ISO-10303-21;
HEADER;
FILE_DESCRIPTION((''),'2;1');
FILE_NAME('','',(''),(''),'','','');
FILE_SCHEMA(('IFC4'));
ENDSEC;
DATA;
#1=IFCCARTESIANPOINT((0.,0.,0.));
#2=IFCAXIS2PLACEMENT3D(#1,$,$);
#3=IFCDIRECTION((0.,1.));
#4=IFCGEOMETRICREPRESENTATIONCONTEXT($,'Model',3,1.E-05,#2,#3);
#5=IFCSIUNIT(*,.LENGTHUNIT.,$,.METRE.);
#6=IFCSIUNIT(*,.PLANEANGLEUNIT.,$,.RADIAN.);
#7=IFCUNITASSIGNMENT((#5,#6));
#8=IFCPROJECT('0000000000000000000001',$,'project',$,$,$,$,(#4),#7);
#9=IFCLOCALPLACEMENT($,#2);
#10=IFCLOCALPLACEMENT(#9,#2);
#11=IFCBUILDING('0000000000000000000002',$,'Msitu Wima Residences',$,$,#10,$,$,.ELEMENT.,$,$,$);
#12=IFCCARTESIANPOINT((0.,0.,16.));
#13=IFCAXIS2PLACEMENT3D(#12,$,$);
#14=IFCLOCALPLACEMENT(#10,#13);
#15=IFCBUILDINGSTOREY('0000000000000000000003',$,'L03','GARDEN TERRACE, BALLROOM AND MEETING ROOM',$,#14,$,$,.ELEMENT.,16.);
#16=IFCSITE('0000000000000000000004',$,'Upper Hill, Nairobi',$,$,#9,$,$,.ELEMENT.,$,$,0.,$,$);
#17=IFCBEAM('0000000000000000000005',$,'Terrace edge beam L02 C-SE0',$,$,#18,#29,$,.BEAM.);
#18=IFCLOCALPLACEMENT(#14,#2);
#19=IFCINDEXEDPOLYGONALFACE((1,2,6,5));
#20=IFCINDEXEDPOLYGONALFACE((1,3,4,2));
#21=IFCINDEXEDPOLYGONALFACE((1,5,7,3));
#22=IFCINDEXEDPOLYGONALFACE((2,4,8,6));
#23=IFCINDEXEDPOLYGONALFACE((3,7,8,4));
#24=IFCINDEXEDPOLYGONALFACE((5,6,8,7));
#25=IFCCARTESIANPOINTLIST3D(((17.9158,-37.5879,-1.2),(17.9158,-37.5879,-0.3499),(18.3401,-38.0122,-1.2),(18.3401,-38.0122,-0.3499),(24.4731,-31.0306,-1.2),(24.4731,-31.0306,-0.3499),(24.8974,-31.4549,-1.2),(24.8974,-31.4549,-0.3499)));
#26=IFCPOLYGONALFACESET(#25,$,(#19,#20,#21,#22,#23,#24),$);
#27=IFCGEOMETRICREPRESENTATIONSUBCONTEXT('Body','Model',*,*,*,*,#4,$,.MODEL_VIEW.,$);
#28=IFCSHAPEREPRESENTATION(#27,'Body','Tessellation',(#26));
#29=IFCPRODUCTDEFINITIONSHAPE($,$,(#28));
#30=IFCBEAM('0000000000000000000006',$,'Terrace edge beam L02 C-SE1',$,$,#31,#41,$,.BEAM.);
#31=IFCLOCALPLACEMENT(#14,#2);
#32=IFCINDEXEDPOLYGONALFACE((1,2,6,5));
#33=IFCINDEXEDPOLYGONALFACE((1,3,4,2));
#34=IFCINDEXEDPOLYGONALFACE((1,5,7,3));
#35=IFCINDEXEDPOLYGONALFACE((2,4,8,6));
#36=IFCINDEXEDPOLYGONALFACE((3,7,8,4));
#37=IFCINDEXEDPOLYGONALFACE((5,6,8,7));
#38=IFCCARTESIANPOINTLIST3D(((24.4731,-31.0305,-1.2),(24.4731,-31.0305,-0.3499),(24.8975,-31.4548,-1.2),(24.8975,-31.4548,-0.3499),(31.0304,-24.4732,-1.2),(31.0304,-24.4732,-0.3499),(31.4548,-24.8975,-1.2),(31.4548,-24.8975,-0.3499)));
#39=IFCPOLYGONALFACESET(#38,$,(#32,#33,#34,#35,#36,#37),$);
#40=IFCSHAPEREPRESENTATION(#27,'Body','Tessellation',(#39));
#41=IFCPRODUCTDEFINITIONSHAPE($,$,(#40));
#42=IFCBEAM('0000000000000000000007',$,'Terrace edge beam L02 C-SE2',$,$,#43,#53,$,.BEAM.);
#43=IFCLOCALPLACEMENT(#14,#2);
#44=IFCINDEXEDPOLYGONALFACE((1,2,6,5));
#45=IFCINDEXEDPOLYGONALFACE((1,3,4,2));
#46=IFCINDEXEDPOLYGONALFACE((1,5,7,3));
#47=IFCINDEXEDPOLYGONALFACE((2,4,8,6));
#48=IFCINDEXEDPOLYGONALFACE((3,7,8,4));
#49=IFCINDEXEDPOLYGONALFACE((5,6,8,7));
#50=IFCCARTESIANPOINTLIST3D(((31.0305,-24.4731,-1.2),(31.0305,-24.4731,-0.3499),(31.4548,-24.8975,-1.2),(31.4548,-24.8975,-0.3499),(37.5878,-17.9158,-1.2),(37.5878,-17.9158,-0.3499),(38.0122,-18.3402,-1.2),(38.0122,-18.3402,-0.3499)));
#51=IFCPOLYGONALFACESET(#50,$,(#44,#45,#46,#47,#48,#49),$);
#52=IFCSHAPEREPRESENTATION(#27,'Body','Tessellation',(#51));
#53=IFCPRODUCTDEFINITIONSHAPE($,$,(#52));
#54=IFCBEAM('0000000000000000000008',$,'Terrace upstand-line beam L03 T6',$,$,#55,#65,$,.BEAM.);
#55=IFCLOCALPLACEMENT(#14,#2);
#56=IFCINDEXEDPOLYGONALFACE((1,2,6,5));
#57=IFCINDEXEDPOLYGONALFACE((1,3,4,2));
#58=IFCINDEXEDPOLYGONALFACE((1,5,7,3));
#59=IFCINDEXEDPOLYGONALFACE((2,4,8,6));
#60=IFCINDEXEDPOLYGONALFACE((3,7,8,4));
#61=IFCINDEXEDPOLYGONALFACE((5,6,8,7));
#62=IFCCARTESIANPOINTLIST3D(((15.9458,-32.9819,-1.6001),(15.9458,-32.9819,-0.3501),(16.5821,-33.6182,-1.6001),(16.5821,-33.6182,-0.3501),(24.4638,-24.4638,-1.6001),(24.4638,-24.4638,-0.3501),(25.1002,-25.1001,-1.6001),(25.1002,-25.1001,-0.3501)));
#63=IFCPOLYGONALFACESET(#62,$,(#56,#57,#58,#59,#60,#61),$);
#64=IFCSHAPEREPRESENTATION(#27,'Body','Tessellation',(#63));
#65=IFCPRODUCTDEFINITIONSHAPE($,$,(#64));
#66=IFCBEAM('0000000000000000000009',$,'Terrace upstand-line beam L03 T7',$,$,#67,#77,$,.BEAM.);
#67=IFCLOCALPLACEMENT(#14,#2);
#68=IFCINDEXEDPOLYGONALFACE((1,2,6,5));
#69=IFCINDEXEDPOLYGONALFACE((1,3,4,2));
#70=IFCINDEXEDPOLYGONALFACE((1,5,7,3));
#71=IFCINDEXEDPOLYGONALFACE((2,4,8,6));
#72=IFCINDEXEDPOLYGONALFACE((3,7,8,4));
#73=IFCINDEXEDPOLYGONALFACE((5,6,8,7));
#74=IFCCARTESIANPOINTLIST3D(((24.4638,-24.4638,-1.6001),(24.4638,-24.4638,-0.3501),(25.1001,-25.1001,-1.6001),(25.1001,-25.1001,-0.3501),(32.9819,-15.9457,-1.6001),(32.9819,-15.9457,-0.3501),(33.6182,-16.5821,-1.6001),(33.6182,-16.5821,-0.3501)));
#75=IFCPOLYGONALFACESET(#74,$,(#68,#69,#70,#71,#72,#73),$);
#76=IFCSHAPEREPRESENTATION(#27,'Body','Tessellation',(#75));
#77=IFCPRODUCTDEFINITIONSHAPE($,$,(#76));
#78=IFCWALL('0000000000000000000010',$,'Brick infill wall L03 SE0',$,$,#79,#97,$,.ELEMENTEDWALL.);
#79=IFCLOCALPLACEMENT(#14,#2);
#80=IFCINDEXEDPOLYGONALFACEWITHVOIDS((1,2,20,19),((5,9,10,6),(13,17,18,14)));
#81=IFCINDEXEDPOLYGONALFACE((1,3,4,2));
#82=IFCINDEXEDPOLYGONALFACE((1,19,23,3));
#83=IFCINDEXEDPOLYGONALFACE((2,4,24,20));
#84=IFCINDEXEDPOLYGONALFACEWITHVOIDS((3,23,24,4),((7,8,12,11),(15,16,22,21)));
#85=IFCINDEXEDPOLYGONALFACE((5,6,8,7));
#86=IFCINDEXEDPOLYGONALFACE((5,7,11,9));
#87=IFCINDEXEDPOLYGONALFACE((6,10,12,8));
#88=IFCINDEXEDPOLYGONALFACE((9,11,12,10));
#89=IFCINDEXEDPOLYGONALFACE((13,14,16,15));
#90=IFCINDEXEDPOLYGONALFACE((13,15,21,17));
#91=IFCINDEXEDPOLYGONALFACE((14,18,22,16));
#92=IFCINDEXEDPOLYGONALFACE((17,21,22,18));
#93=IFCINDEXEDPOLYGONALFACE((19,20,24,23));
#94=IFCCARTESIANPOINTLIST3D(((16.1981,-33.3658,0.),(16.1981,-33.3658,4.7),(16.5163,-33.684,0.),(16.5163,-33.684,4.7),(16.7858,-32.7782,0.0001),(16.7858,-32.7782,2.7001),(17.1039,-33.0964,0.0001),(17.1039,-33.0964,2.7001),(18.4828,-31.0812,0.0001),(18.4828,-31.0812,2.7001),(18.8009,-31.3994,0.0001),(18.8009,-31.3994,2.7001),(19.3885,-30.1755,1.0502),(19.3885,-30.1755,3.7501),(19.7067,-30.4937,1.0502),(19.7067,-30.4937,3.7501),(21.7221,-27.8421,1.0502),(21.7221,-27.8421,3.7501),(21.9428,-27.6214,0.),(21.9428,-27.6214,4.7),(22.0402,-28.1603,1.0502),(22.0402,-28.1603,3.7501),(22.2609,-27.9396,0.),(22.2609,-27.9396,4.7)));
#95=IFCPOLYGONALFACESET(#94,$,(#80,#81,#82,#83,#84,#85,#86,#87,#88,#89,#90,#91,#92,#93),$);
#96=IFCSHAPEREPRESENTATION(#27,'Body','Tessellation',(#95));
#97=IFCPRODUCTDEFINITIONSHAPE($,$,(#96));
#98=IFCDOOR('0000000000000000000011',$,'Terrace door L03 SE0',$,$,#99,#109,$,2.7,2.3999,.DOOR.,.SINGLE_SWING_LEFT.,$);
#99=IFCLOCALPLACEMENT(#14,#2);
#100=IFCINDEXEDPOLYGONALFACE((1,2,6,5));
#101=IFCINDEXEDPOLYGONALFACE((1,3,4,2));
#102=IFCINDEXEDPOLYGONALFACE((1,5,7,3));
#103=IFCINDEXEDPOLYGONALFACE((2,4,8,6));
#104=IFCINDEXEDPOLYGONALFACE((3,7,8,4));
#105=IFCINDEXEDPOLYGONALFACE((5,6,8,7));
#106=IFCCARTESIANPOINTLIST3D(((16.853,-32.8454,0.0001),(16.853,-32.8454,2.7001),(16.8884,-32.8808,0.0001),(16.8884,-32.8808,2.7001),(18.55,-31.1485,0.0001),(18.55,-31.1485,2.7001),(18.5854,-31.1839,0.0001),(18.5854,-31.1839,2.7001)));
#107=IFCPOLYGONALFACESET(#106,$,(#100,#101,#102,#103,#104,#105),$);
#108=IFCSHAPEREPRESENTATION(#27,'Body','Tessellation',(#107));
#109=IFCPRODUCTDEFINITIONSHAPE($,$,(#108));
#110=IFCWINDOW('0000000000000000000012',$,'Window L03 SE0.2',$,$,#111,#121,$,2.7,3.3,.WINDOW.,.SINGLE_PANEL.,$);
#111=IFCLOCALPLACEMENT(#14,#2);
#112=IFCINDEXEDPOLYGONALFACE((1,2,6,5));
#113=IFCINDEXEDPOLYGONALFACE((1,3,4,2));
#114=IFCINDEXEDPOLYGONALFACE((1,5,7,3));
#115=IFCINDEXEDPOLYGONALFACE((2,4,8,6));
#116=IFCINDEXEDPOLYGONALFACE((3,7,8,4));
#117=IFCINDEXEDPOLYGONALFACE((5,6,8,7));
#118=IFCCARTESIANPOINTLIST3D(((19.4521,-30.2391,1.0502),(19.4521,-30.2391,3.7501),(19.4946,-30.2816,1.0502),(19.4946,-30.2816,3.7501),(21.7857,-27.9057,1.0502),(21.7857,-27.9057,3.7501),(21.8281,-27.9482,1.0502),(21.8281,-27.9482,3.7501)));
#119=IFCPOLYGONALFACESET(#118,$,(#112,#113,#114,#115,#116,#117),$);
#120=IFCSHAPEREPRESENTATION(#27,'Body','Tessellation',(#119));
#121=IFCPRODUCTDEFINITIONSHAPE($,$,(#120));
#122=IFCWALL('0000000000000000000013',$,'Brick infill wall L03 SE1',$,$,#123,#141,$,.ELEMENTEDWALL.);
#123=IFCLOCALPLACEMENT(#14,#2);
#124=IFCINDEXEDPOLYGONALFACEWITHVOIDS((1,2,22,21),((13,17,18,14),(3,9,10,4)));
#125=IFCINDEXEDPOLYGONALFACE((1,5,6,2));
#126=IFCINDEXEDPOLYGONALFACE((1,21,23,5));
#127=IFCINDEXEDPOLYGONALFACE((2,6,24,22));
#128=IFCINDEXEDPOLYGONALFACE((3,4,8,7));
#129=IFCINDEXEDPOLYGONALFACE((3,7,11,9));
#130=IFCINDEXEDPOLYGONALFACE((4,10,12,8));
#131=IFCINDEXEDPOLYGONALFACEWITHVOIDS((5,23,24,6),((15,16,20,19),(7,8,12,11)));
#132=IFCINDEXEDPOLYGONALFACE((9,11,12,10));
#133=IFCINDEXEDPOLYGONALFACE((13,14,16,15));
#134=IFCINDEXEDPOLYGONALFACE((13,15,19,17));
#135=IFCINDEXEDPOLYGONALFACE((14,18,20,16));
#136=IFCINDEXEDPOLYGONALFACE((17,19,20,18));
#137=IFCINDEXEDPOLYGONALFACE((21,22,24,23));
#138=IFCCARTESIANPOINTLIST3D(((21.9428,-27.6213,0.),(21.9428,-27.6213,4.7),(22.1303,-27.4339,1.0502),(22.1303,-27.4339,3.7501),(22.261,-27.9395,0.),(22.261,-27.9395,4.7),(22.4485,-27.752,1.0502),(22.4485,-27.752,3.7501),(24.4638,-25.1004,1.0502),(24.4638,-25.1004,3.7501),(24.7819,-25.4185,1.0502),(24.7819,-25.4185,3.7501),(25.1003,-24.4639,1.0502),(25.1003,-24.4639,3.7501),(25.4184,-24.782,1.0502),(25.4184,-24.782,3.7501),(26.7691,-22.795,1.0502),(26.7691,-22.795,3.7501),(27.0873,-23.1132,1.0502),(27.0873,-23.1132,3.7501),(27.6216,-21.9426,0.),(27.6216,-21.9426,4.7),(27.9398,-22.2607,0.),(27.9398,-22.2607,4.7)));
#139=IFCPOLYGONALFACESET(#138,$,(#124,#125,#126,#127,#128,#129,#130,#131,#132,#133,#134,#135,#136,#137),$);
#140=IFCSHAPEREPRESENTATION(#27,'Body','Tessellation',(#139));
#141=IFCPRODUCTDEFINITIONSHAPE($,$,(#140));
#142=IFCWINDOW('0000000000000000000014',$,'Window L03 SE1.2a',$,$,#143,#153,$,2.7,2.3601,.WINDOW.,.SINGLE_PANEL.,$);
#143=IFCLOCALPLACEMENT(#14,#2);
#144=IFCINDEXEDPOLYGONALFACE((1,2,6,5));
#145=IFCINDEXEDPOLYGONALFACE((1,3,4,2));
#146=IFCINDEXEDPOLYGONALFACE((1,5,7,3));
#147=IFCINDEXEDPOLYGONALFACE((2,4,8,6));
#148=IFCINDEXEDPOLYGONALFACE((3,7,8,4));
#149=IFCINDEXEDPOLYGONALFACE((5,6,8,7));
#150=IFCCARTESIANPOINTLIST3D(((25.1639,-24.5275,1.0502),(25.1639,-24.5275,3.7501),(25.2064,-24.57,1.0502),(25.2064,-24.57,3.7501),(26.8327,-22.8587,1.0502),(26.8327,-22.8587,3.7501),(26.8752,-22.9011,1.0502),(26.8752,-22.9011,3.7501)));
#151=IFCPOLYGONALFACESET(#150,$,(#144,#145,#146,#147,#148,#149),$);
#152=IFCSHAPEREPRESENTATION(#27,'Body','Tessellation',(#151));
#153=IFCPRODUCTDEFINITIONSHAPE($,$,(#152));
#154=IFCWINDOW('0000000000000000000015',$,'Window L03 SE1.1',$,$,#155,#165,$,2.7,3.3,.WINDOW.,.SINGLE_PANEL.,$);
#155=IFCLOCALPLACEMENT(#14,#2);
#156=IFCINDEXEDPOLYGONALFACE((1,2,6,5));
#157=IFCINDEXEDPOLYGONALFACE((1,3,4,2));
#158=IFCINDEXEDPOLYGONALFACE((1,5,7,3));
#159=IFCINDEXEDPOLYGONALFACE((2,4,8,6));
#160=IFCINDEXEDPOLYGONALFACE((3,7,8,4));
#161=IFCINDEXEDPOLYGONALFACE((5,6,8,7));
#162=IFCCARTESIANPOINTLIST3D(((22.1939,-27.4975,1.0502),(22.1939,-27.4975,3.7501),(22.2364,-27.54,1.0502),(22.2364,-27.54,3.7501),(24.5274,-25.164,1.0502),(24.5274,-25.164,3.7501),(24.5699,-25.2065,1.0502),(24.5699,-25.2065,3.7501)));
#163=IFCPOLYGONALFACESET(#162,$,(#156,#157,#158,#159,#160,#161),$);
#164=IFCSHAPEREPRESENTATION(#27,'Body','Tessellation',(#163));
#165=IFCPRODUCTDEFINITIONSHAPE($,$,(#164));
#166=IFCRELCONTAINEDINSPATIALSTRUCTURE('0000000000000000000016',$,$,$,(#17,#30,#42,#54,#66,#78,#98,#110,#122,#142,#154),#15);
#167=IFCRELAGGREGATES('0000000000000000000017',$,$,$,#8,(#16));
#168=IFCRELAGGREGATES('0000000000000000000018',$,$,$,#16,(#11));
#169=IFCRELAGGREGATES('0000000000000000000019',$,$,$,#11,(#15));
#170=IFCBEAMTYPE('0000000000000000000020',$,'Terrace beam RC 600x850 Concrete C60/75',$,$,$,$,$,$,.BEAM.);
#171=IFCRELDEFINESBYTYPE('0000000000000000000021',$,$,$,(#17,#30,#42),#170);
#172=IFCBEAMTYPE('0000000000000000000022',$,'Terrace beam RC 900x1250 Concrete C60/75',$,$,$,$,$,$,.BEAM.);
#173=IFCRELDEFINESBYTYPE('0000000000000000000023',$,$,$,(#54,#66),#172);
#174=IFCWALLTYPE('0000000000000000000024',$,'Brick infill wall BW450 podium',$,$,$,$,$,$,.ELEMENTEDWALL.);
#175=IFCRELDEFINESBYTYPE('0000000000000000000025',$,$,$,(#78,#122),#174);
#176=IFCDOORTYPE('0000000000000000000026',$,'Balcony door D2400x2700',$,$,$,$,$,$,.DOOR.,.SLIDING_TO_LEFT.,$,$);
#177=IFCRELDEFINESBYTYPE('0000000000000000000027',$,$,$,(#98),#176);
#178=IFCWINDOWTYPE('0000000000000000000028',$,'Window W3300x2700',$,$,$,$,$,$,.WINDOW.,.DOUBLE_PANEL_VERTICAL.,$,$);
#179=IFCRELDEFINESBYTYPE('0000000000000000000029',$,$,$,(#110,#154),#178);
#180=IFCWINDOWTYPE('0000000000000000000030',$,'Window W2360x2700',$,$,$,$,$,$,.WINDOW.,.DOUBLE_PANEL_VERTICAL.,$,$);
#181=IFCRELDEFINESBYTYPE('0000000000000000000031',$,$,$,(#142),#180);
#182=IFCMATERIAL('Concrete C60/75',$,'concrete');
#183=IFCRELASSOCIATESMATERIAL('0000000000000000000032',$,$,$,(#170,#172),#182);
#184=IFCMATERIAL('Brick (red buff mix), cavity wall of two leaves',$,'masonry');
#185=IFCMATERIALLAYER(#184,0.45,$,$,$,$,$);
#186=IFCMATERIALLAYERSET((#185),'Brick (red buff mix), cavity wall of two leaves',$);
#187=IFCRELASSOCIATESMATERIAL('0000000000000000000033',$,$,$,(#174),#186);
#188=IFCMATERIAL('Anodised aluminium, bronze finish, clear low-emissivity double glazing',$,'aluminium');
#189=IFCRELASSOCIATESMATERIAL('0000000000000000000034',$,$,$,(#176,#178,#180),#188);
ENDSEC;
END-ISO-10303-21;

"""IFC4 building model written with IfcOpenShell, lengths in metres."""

from ifc_helpers import new_model, si_unit, direction, frame, frame_2d, origin, origin_2d, place, context, subcontext, project, spatial, rectangle, extrude, material, layer, layer_set, material_profile, profile_set, type_object, element, fill, save


model = new_model("IFC4")

# Units and contexts
model_context = context("Model", 3, precision=1e-05, world=origin(), true_north=direction((0.0, 1.0)))
body_context = subcontext(model_context, "Body", "Model", "MODEL_VIEW")
ifc_project = project(units=[si_unit("LENGTHUNIT", "METRE"), si_unit("PLANEANGLEUNIT", "RADIAN")], contexts=[model_context])

# Site, building, storey
site_placement = place(None, origin())
site = spatial("IfcSite", under=ifc_project, at=site_placement, Name="Upper Hill, Nairobi", CompositionType="ELEMENT", RefElevation=0.0)
building_placement = place(site_placement, origin())
building = spatial("IfcBuilding", under=site, at=building_placement, Name="Msitu Wima Residences", CompositionType="ELEMENT")
storey_placement = place(building_placement, frame((0.0, 0.0, 16.0)))
storey = spatial("IfcBuildingStorey", under=building, at=storey_placement, Name="L03", Description="GARDEN TERRACE, BALLROOM AND MEETING ROOM", CompositionType="ELEMENT", Elevation=16.0)

# Beams
ifc_material_1 = material(Name="Concrete C60/75", Category="concrete")
ifc_material_profile_1 = material_profile(ifc_material_1, rectangle(XDim=0.6001, YDim=0.8501, at=origin_2d()), Name="RC 600x850")
ifc_profile_set_1 = profile_set([ifc_material_profile_1], Name="Concrete C60/75")
beam_type_1 = type_object("IfcBeamType", Name="Terrace beam RC 600x850 Concrete C60/75", PredefinedType="BEAM", material=ifc_profile_set_1)
for number, where, z_axis, x_axis, name in (
    (1, (18.1279, -37.8, -0.7749), (0.707107, 0.707107, 0.0), (-0.707107, 0.707107, 0.0), "Terrace edge beam L02 C-SE0"),
    (2, (24.6853, -31.2427, -0.7749), (0.707107, 0.707107, 0.0), (-0.707107, 0.707107, 0.0), "Terrace edge beam L02 C-SE1"),
    (3, (31.2427, -24.6853, -0.7749), (0.707107, 0.707107, 0.0), (-0.707107, 0.707107, 0.0), "Terrace edge beam L02 C-SE2"),
):
    element("IfcBeam", number, at=place(storey_placement, frame(where, z_axis=z_axis, x_axis=x_axis)), inside=storey, type_object=beam_type_1, Name=name, PredefinedType="BEAM", context=body_context, shape_type="SweptSolid", body=[
        extrude(rectangle(XDim=0.6001, YDim=0.8501, at=origin_2d()), origin(), (0.0, 0.0, 1.0), 9.2734),
    ])
ifc_material_profile_2 = material_profile(ifc_material_1, rectangle(XDim=0.8999, YDim=1.25, at=origin_2d()), Name="RC 900x1250")
ifc_profile_set_2 = profile_set([ifc_material_profile_2], Name="Concrete C60/75")
beam_type_2 = type_object("IfcBeamType", Name="Terrace beam RC 900x1250 Concrete C60/75", PredefinedType="BEAM", material=ifc_profile_set_2)
for number, where, z_axis, x_axis, name in (
    (4, (16.2639, -33.3, -0.9751), (0.707107, 0.707107, 0.0), (-0.707107, 0.707107, 0.0), "Terrace upstand-line beam L03 T6"),
    (5, (24.782, -24.782, -0.9751), (0.707107, 0.707107, 0.0), (-0.707107, 0.707107, 0.0), "Terrace upstand-line beam L03 T7"),
):
    element("IfcBeam", number, at=place(storey_placement, frame(where, z_axis=z_axis, x_axis=x_axis)), inside=storey, type_object=beam_type_2, Name=name, PredefinedType="BEAM", context=body_context, shape_type="SweptSolid", body=[
        extrude(rectangle(XDim=0.8999, YDim=1.25, at=origin_2d()), origin(), (0.0, 0.0, 1.0), 12.0464),
    ])

# Wall, openings, door, window
ifc_material_2 = material(Name="Brick (red buff mix), cavity wall of two leaves", Category="masonry")
ifc_layer_1 = layer(ifc_material_2, 0.45)
ifc_layer_set_1 = layer_set([ifc_layer_1], Name="Brick (red buff mix), cavity wall of two leaves")
wall_type_1 = type_object("IfcWallType", Name="Brick infill wall BW450 podium", PredefinedType="ELEMENTEDWALL", material=ifc_layer_set_1)
wall_1_placement = place(storey_placement, frame((16.3572, -33.5249, 0.0), z_axis=(0.0, 0.0, 1.0), x_axis=(0.707122, 0.707092, 0.0)))
wall_1 = element("IfcWall", 6, at=wall_1_placement, inside=storey, type_object=wall_type_1, Name="Brick infill wall L03 SE0", PredefinedType="ELEMENTEDWALL", context=body_context, shape_type="SweptSolid", body=[
    extrude(rectangle(XDim=8.124, YDim=0.45, at=frame_2d((4.062, 0.0))), origin(), (0.0, 0.0, 1.0), 4.7),
])
opening_1_placement = place(wall_1_placement, frame((0.8311, 0.0, 0.0)))
opening_1 = element("IfcOpeningElement", 7, at=opening_1_placement, cuts=wall_1, PredefinedType="OPENING", context=body_context, shape_type="SweptSolid", body=[
    extrude(rectangle(XDim=2.3999, YDim=2.7, at=frame_2d((1.2, 1.3501))), frame((0.0, 0.2349, 0.0), z_axis=(0.0, -1.0, 0.0), x_axis=(1.0, 0.0, 0.0)), (0.0, 0.0, 1.0), 0.47),
])
opening_2_placement = place(wall_1_placement, frame((4.512, 0.0, 1.05)))
opening_2 = element("IfcOpeningElement", 8, at=opening_2_placement, cuts=wall_1, PredefinedType="OPENING", context=body_context, shape_type="SweptSolid", body=[
    extrude(rectangle(XDim=3.3, YDim=2.7, at=frame_2d((1.6499, 1.3501))), frame((0.0, 0.2349, 0.0), z_axis=(0.0, -1.0, 0.0), x_axis=(1.0, 0.0, 0.0)), (0.0, 0.0, 1.0), 0.47),
])
ifc_material_3 = material(Name="Anodised aluminium, bronze finish, clear low-emissivity double glazing", Category="aluminium")
door_type = type_object("IfcDoorType", Name="Balcony door D2400x2700", OperationType="SLIDING_TO_LEFT", PredefinedType="DOOR", material=ifc_material_3)
door_placement = place(opening_1_placement, origin())
door = element("IfcDoor", 9, at=door_placement, inside=storey, type_object=door_type, Name="Terrace door L03 SE0", OperationType="SINGLE_SWING_LEFT", OverallHeight=2.7, OverallWidth=2.3999, PredefinedType="DOOR", context=body_context, shape_type="SweptSolid", body=[
    extrude(rectangle(XDim=2.3999, YDim=2.7, at=frame_2d((1.2, 1.3501))), frame((0.0, 0.1299, 0.0), z_axis=(0.0, -1.0, 0.0), x_axis=(1.0, 0.0, 0.0)), (0.0, 0.0, 1.0), 0.05),
])
fill(opening_1, door)
window_type_1 = type_object("IfcWindowType", Name="Window W3300x2700", PartitioningType="DOUBLE_PANEL_VERTICAL", PredefinedType="WINDOW", material=ifc_material_3)
window_1_placement = place(opening_2_placement, origin())
window_1 = element("IfcWindow", 10, at=window_1_placement, inside=storey, type_object=window_type_1, Name="Window L03 SE0.2", OverallHeight=2.7, OverallWidth=3.3, PartitioningType="SINGLE_PANEL", PredefinedType="WINDOW", context=body_context, shape_type="SweptSolid", body=[
    extrude(rectangle(XDim=3.3, YDim=2.7, at=frame_2d((1.6499, 1.3501))), frame((0.0, 0.135, 0.0), z_axis=(0.0, -1.0, 0.0), x_axis=(1.0, 0.0, 0.0)), (0.0, 0.0, 1.0), 0.0601),
])
fill(opening_2, window_1)

# Wall, openings, windows
wall_2_placement = place(storey_placement, frame((22.1018, -27.7805, 0.0), z_axis=(0.0, 0.0, 1.0), x_axis=(0.707107, 0.707107, 0.0)))
wall_2 = element("IfcWall", 11, at=wall_2_placement, inside=storey, type_object=wall_type_1, Name="Brick infill wall L03 SE1", PredefinedType="ELEMENTEDWALL", context=body_context, shape_type="SweptSolid", body=[
    extrude(rectangle(XDim=8.031, YDim=0.45, at=frame_2d((4.0156, 0.0))), origin(), (0.0, 0.0, 1.0), 4.7),
])
opening_3_placement = place(wall_2_placement, frame((0.2654, 0.0, 1.05)))
opening_3 = element("IfcOpeningElement", 12, at=opening_3_placement, cuts=wall_2, PredefinedType="OPENING", context=body_context, shape_type="SweptSolid", body=[
    extrude(rectangle(XDim=3.3, YDim=2.7, at=frame_2d((1.6499, 1.3501))), frame((0.0, 0.2349, 0.0), z_axis=(0.0, -1.0, 0.0), x_axis=(1.0, 0.0, 0.0)), (0.0, 0.0, 1.0), 0.47),
])
opening_4_placement = place(wall_2_placement, frame((4.4653, 0.0, 1.05)))
opening_4 = element("IfcOpeningElement", 13, at=opening_4_placement, cuts=wall_2, PredefinedType="OPENING", context=body_context, shape_type="SweptSolid", body=[
    extrude(rectangle(XDim=2.3601, YDim=2.7, at=frame_2d((1.1802, 1.3501))), frame((0.0, 0.2349, 0.0), z_axis=(0.0, -1.0, 0.0), x_axis=(1.0, 0.0, 0.0)), (0.0, 0.0, 1.0), 0.47),
])
window_type_2 = type_object("IfcWindowType", Name="Window W2360x2700", PartitioningType="DOUBLE_PANEL_VERTICAL", PredefinedType="WINDOW", material=ifc_material_3)
window_2_placement = place(opening_4_placement, origin())
window_2 = element("IfcWindow", 14, at=window_2_placement, inside=storey, type_object=window_type_2, Name="Window L03 SE1.2a", OverallHeight=2.7, OverallWidth=2.3601, PartitioningType="SINGLE_PANEL", PredefinedType="WINDOW", context=body_context, shape_type="SweptSolid", body=[
    extrude(rectangle(XDim=2.3601, YDim=2.7, at=frame_2d((1.1802, 1.3501))), frame((0.0, 0.135, 0.0), z_axis=(0.0, -1.0, 0.0), x_axis=(1.0, 0.0, 0.0)), (0.0, 0.0, 1.0), 0.0601),
])
fill(opening_4, window_2)
window_3_placement = place(opening_3_placement, origin())
window_3 = element("IfcWindow", 15, at=window_3_placement, inside=storey, type_object=window_type_1, Name="Window L03 SE1.1", OverallHeight=2.7, OverallWidth=3.3, PartitioningType="SINGLE_PANEL", PredefinedType="WINDOW", context=body_context, shape_type="SweptSolid", body=[
    extrude(rectangle(XDim=3.3, YDim=2.7, at=frame_2d((1.6499, 1.3501))), frame((0.0, 0.135, 0.0), z_axis=(0.0, -1.0, 0.0), x_axis=(1.0, 0.0, 0.0)), (0.0, 0.0, 1.0), 0.0601),
])
fill(opening_3, window_3)

save(model, "model.ifc")
